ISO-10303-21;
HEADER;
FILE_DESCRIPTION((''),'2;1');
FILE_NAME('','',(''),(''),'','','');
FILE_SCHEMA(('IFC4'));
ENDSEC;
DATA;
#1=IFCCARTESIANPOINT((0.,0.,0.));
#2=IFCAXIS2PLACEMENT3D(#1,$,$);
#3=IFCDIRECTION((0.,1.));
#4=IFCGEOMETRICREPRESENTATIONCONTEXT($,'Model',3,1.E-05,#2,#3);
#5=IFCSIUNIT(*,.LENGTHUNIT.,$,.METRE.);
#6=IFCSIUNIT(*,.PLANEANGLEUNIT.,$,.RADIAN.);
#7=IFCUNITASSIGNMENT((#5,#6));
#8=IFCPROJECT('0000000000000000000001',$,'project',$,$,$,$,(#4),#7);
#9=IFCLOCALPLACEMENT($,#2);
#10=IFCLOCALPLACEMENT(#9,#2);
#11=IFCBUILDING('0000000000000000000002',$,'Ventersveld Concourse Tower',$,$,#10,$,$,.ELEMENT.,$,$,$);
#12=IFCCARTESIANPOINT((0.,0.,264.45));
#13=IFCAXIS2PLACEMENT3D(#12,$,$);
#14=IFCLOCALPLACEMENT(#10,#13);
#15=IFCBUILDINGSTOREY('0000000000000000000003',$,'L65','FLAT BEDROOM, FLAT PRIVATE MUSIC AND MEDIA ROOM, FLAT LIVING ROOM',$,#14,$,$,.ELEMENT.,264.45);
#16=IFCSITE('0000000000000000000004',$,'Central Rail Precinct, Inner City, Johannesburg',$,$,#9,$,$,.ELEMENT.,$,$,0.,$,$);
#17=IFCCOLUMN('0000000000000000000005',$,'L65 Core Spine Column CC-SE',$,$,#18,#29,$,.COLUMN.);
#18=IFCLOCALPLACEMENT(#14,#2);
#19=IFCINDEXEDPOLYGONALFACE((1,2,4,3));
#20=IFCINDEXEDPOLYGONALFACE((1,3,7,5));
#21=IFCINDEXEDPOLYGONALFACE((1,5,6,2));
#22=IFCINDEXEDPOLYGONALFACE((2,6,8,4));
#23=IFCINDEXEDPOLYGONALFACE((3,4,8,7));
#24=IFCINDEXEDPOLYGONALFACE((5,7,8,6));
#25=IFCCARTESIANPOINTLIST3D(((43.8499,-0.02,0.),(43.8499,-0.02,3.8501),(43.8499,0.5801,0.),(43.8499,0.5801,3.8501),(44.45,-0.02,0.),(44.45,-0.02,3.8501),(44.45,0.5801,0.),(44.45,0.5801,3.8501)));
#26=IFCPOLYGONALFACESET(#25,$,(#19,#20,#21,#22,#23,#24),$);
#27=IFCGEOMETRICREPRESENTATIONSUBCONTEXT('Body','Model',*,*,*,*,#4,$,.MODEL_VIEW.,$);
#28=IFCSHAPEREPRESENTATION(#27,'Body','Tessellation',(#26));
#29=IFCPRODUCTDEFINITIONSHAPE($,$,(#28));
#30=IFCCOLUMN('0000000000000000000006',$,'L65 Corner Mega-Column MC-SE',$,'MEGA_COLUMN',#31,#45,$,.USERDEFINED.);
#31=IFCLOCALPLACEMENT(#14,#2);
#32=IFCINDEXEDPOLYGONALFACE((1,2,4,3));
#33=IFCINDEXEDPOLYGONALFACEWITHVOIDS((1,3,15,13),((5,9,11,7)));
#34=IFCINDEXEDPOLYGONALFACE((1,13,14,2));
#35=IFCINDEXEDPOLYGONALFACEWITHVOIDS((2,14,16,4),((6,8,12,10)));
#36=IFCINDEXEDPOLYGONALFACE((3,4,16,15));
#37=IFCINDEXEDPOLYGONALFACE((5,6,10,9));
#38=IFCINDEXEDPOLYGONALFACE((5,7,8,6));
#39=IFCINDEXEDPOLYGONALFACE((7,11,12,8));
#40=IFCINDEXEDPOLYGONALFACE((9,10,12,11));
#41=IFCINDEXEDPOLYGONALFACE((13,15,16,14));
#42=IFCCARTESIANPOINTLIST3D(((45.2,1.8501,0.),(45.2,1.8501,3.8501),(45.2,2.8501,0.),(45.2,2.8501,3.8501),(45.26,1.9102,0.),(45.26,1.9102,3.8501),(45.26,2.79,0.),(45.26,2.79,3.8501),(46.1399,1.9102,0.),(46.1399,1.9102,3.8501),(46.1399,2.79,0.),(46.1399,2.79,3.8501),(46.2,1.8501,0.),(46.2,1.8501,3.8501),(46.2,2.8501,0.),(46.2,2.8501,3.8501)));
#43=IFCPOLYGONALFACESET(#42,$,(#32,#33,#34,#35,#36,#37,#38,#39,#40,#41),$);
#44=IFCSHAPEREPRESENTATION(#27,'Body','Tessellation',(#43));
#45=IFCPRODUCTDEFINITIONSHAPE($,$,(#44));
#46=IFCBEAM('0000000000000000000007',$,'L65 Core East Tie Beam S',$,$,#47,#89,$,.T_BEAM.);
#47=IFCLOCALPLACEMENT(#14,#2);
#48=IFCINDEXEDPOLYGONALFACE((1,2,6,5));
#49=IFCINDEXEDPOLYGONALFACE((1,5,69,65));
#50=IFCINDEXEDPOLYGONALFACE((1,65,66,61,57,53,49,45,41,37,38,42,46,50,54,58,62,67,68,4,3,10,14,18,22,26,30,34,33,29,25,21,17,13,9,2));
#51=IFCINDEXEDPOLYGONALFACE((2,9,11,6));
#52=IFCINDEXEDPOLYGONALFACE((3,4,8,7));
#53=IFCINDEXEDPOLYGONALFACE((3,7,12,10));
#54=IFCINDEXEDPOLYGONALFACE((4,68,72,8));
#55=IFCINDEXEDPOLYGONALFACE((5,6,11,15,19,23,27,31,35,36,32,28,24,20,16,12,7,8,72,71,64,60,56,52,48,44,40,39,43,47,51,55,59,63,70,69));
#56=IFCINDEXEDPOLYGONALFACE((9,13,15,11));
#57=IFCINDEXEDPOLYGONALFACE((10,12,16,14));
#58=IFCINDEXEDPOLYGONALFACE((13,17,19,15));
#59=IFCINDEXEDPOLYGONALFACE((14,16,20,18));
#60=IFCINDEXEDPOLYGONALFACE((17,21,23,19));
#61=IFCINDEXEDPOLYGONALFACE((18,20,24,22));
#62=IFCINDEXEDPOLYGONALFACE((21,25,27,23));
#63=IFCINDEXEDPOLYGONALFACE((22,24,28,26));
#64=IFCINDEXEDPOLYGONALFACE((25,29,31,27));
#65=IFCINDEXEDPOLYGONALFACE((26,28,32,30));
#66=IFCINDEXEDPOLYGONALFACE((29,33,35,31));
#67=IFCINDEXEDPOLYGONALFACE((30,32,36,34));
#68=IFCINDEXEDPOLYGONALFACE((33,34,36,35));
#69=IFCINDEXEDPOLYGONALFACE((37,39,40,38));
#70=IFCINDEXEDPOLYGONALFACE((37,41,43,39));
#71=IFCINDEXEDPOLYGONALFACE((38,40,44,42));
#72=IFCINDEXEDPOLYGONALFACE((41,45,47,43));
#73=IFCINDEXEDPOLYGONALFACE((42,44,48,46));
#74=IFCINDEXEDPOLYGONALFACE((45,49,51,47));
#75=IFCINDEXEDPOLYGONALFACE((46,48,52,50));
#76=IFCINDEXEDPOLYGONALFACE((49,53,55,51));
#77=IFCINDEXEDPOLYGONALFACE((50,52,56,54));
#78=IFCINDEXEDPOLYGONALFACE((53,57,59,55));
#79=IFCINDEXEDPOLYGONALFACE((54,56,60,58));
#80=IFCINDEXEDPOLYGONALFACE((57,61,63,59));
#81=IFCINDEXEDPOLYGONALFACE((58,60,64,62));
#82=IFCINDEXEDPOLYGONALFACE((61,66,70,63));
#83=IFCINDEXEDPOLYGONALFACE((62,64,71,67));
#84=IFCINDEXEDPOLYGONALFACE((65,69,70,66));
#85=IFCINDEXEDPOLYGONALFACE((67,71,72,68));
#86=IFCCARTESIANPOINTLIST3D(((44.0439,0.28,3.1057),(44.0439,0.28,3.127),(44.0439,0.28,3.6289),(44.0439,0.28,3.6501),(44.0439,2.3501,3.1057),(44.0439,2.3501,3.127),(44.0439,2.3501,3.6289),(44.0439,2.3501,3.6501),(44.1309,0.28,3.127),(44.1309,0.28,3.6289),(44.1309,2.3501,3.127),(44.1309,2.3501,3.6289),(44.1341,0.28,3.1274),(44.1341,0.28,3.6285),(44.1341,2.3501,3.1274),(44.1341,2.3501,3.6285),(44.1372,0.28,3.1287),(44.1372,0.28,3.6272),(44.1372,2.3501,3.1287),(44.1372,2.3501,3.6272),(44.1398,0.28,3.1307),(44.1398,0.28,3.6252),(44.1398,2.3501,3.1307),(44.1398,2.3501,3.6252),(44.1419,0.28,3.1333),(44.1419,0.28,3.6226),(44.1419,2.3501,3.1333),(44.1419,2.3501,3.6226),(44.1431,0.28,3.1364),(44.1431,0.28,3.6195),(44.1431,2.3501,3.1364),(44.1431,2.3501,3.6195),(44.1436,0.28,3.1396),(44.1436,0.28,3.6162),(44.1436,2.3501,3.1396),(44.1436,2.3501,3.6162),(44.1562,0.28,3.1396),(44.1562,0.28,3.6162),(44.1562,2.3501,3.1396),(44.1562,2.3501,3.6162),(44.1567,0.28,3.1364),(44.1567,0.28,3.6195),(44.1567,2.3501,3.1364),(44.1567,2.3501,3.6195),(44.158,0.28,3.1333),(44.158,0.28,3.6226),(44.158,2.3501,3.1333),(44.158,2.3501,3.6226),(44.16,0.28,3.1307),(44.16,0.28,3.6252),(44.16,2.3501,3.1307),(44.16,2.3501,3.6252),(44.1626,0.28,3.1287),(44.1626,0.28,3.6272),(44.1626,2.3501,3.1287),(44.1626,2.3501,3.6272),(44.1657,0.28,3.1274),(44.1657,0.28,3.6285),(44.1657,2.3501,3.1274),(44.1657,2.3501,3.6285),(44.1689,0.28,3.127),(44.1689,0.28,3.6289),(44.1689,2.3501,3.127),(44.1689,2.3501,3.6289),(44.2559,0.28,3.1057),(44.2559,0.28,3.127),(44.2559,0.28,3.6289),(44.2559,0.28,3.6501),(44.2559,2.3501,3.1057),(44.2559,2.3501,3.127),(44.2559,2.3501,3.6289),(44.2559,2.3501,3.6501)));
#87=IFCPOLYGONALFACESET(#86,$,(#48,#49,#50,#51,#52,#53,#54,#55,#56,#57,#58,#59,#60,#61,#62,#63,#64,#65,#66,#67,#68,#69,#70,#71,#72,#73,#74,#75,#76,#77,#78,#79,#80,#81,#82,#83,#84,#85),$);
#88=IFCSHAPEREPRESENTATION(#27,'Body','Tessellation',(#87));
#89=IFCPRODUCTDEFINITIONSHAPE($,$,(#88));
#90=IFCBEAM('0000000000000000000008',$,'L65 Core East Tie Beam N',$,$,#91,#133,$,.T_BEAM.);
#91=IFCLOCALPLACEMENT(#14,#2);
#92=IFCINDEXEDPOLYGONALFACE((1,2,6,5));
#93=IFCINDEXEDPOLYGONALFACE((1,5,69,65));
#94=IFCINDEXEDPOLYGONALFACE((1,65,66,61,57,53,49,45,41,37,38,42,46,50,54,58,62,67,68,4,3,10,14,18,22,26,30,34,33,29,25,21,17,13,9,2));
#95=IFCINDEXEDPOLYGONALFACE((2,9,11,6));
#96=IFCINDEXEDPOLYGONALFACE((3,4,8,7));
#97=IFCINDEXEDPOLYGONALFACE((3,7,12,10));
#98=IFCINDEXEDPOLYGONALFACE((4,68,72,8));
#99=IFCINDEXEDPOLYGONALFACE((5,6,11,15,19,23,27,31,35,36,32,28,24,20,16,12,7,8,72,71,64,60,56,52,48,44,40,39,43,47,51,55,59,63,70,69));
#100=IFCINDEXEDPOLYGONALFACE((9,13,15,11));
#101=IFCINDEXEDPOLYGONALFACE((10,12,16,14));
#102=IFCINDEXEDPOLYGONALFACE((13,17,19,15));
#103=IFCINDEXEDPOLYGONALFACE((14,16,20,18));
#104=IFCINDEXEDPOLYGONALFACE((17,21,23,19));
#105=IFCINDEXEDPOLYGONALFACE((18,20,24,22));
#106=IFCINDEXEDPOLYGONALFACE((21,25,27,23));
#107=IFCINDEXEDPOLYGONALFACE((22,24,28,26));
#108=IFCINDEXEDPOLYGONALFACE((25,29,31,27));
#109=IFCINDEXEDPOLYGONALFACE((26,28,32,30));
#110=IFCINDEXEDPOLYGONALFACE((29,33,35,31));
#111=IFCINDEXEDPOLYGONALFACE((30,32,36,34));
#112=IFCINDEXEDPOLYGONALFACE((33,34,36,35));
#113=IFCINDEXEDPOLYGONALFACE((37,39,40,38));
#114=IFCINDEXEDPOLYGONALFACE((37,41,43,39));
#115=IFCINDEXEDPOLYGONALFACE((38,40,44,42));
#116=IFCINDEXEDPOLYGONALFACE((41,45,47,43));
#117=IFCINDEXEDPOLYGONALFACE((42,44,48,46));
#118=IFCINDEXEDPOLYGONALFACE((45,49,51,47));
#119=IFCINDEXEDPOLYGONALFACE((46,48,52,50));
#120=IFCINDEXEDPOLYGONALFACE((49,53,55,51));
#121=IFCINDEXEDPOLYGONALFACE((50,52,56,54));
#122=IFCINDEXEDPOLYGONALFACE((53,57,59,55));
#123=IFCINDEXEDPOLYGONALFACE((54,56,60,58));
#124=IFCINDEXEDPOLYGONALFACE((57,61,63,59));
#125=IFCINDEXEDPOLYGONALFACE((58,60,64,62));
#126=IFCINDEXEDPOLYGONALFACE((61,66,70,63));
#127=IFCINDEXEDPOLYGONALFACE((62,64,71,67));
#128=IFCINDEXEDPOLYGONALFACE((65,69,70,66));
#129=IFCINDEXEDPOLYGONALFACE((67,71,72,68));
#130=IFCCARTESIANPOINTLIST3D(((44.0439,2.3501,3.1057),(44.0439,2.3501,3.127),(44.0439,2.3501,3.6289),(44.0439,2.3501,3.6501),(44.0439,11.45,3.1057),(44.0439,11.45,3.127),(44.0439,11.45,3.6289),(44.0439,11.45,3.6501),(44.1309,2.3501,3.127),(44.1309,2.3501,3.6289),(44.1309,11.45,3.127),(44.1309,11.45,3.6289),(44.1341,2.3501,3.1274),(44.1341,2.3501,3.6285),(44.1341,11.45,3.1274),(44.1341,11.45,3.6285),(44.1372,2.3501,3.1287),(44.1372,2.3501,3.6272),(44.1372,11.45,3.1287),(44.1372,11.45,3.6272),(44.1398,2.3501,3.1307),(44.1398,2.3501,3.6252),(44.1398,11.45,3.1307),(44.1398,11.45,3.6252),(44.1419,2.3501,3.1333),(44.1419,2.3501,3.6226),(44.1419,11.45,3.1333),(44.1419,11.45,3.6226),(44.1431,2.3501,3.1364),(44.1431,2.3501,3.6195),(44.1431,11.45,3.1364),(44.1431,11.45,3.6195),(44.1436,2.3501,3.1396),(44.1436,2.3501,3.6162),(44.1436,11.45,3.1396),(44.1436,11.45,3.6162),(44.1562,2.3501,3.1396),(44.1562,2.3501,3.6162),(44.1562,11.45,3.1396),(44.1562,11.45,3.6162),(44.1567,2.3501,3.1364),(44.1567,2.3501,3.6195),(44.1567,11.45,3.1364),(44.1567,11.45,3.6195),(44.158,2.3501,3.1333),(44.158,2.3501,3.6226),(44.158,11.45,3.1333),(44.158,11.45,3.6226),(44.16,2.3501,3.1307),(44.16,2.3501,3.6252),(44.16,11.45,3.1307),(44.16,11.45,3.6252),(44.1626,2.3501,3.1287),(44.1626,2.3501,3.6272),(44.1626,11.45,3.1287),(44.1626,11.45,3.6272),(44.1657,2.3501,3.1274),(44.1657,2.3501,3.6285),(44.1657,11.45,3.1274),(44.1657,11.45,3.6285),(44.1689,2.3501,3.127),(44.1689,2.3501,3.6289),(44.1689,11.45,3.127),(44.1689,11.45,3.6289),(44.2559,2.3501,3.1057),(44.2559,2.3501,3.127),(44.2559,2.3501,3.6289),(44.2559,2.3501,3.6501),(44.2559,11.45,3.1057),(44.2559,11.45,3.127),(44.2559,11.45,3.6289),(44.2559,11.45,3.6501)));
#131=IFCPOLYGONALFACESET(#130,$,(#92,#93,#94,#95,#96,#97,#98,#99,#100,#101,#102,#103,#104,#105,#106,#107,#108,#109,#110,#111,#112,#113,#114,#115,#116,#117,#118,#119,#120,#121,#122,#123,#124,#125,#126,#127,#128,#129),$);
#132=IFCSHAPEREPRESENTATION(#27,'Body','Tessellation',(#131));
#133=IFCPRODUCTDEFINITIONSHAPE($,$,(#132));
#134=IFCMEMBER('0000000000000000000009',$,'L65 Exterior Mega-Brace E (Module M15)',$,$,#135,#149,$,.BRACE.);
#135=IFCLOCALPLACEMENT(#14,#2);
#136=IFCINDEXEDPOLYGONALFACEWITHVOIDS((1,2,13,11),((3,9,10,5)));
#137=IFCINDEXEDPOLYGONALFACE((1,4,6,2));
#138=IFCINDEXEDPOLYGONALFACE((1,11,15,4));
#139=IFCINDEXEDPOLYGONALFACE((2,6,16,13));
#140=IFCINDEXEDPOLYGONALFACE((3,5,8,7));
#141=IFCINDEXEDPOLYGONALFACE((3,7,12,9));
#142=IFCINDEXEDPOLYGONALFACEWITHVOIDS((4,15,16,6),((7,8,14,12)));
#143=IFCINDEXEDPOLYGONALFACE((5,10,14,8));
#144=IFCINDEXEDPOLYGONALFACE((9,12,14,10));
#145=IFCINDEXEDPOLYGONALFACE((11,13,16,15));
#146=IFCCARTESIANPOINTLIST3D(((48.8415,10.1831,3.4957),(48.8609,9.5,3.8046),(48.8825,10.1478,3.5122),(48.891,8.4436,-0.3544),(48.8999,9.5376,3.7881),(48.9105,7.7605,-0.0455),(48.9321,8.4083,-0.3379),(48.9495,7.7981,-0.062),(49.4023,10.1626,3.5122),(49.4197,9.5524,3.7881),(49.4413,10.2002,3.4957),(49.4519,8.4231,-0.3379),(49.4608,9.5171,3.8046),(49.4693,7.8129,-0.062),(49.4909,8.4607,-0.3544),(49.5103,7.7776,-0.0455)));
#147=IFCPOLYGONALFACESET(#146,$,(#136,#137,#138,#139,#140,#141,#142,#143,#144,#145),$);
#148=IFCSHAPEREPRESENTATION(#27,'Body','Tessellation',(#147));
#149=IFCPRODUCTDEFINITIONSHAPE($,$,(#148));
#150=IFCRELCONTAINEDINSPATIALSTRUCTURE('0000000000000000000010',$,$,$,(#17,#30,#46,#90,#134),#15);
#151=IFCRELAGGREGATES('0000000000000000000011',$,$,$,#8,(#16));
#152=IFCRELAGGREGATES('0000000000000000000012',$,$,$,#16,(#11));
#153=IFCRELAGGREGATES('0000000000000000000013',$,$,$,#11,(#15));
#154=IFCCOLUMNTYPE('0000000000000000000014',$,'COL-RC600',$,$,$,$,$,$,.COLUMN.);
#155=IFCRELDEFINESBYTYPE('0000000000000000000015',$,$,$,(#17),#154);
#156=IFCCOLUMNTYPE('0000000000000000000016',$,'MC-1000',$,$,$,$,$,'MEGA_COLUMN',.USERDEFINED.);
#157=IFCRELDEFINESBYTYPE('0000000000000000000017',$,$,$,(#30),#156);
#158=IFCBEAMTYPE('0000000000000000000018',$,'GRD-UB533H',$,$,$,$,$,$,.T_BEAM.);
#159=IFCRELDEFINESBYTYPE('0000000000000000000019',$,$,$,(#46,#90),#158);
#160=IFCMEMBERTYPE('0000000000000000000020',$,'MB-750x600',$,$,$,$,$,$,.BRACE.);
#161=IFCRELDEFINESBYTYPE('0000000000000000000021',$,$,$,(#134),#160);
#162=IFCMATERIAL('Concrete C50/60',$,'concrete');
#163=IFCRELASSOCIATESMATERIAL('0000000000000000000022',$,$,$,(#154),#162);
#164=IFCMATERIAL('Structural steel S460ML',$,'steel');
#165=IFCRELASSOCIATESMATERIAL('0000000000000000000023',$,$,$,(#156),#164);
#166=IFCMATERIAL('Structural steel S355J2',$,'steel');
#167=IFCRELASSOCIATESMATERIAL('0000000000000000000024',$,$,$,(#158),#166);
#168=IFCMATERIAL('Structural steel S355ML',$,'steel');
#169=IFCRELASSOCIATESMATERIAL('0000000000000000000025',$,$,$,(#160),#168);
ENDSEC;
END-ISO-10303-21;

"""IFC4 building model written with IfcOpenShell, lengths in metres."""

from ifc_helpers import new_model, si_unit, direction, frame, origin, origin_2d, place, context, subcontext, project, spatial, rectangle, hollow_rectangle, i_section, extrude, material, material_profile, profile_set, type_object, element, save


model = new_model("IFC4")

# Units and contexts
model_context = context("Model", 3, precision=1e-05, world=origin(), true_north=direction((0.0, 1.0)))
body_context = subcontext(model_context, "Body", "Model", "MODEL_VIEW")
ifc_project = project(units=[si_unit("LENGTHUNIT", "METRE"), si_unit("PLANEANGLEUNIT", "RADIAN")], contexts=[model_context])

# Site, building, storey
site_placement = place(None, origin())
site = spatial("IfcSite", under=ifc_project, at=site_placement, Name="Central Rail Precinct, Inner City, Johannesburg", CompositionType="ELEMENT", RefElevation=0.0)
building_placement = place(site_placement, origin())
building = spatial("IfcBuilding", under=site, at=building_placement, Name="Ventersveld Concourse Tower", CompositionType="ELEMENT")
storey_placement = place(building_placement, frame((0.0, 0.0, 264.45)))
storey = spatial("IfcBuildingStorey", under=building, at=storey_placement, Name="L65", Description="FLAT BEDROOM, FLAT PRIVATE MUSIC AND MEDIA ROOM, FLAT LIVING ROOM", CompositionType="ELEMENT", Elevation=264.45)

# Columns
ifc_material_1 = material(Name="Concrete C50/60", Category="concrete")
ifc_material_profile_1 = material_profile(ifc_material_1, rectangle(XDim=0.6001, YDim=0.6001, at=origin_2d()), Name="RC 600x600")
ifc_profile_set_1 = profile_set([ifc_material_profile_1], Name="Concrete C50/60")
column_type_1 = type_object("IfcColumnType", Name="COL-RC600", PredefinedType="COLUMN", material=ifc_profile_set_1)
column_1_placement = place(storey_placement, frame((44.1499, 0.28, 0.0), z_axis=(0.0, 0.0, 1.0), x_axis=(1.0, 0.0, 0.0)))
element("IfcColumn", 1, at=column_1_placement, inside=storey, type_object=column_type_1, Name="L65 Core Spine Column CC-SE", PredefinedType="COLUMN", context=body_context, shape_type="SweptSolid", body=[
    extrude(rectangle(XDim=0.6001, YDim=0.6001, at=origin_2d()), origin(), (0.0, 0.0, 1.0), 3.8501),
])
ifc_material_2 = material(Name="Structural steel S460ML", Category="steel")
ifc_material_profile_2 = material_profile(ifc_material_2, hollow_rectangle(XDim=1.0, YDim=1.0, WallThickness=0.0601, at=origin_2d()), Name="BOX 1000x1000x60")
ifc_profile_set_2 = profile_set([ifc_material_profile_2], Name="Structural steel S460ML")
column_type_2 = type_object("IfcColumnType", Name="MC-1000", ElementType="MEGA_COLUMN", PredefinedType="USERDEFINED", material=ifc_profile_set_2)
column_2_placement = place(storey_placement, frame((45.7, 2.3501, 0.0), z_axis=(0.0, 0.0, 1.0), x_axis=(1.0, 0.0, 0.0)))
element("IfcColumn", 2, at=column_2_placement, inside=storey, type_object=column_type_2, Name="L65 Corner Mega-Column MC-SE", ObjectType="MEGA_COLUMN", PredefinedType="USERDEFINED", context=body_context, shape_type="SweptSolid", body=[
    extrude(hollow_rectangle(XDim=1.0, YDim=1.0, WallThickness=0.0601, at=origin_2d()), origin(), (0.0, 0.0, 1.0), 3.8501),
])

# Beams
ifc_material_3 = material(Name="Structural steel S355J2", Category="steel")
ifc_material_profile_3 = material_profile(ifc_material_3, i_section(OverallWidth=0.2119, OverallDepth=0.5444, WebThickness=0.0127, FlangeThickness=0.0212, FilletRadius=0.0127, at=origin_2d()), Name="UB 533x210x122")
ifc_profile_set_3 = profile_set([ifc_material_profile_3], Name="Structural steel S355J2")
beam_type_1 = type_object("IfcBeamType", Name="GRD-UB533H", PredefinedType="T_BEAM", material=ifc_profile_set_3)
beam_1_placement = place(storey_placement, frame((44.1499, 0.28, 3.3779), z_axis=(0.0, 1.0, 0.0), x_axis=(-1.0, 0.0, 0.0)))
element("IfcBeam", 3, at=beam_1_placement, inside=storey, type_object=beam_type_1, Name="L65 Core East Tie Beam S", PredefinedType="T_BEAM", context=body_context, shape_type="SweptSolid", body=[
    extrude(i_section(OverallWidth=0.2119, OverallDepth=0.5444, WebThickness=0.0127, FlangeThickness=0.0212, FilletRadius=0.0127, at=origin_2d()), origin(), (0.0, 0.0, 1.0), 2.0701),
])
beam_2_placement = place(storey_placement, frame((44.1499, 2.3501, 3.3779), z_axis=(0.0, 1.0, 0.0), x_axis=(-1.0, 0.0, 0.0)))
element("IfcBeam", 4, at=beam_2_placement, inside=storey, type_object=beam_type_1, Name="L65 Core East Tie Beam N", PredefinedType="T_BEAM", context=body_context, shape_type="SweptSolid", body=[
    extrude(i_section(OverallWidth=0.2119, OverallDepth=0.5444, WebThickness=0.0127, FlangeThickness=0.0212, FilletRadius=0.0127, at=origin_2d()), origin(), (0.0, 0.0, 1.0), 9.0999),
])

# Member
ifc_material_4 = material(Name="Structural steel S355ML", Category="steel")
ifc_material_profile_4 = material_profile(ifc_material_4, hollow_rectangle(XDim=0.6001, YDim=0.75, WallThickness=0.04, at=origin_2d()), Name="BOX 750x600x40")
ifc_profile_set_4 = profile_set([ifc_material_profile_4], Name="Structural steel S355ML")
member_type = type_object("IfcMemberType", Name="MB-750x600", PredefinedType="BRACE", material=ifc_profile_set_4)
member_placement = place(storey_placement, frame((49.2007, 8.1106, -0.2), z_axis=(-0.01173, 0.411705, 0.911241), x_axis=(-0.999594, -0.02848, 0.0)))
element("IfcMember", 5, at=member_placement, inside=storey, type_object=member_type, Name="L65 Exterior Mega-Brace E (Module M15)", PredefinedType="BRACE", context=body_context, shape_type="SweptSolid", body=[
    extrude(hollow_rectangle(XDim=0.6001, YDim=0.75, WallThickness=0.04, at=origin_2d()), origin(), (0.0, 0.0, 1.0), 4.2251),
])

save(model, "model.ifc")
